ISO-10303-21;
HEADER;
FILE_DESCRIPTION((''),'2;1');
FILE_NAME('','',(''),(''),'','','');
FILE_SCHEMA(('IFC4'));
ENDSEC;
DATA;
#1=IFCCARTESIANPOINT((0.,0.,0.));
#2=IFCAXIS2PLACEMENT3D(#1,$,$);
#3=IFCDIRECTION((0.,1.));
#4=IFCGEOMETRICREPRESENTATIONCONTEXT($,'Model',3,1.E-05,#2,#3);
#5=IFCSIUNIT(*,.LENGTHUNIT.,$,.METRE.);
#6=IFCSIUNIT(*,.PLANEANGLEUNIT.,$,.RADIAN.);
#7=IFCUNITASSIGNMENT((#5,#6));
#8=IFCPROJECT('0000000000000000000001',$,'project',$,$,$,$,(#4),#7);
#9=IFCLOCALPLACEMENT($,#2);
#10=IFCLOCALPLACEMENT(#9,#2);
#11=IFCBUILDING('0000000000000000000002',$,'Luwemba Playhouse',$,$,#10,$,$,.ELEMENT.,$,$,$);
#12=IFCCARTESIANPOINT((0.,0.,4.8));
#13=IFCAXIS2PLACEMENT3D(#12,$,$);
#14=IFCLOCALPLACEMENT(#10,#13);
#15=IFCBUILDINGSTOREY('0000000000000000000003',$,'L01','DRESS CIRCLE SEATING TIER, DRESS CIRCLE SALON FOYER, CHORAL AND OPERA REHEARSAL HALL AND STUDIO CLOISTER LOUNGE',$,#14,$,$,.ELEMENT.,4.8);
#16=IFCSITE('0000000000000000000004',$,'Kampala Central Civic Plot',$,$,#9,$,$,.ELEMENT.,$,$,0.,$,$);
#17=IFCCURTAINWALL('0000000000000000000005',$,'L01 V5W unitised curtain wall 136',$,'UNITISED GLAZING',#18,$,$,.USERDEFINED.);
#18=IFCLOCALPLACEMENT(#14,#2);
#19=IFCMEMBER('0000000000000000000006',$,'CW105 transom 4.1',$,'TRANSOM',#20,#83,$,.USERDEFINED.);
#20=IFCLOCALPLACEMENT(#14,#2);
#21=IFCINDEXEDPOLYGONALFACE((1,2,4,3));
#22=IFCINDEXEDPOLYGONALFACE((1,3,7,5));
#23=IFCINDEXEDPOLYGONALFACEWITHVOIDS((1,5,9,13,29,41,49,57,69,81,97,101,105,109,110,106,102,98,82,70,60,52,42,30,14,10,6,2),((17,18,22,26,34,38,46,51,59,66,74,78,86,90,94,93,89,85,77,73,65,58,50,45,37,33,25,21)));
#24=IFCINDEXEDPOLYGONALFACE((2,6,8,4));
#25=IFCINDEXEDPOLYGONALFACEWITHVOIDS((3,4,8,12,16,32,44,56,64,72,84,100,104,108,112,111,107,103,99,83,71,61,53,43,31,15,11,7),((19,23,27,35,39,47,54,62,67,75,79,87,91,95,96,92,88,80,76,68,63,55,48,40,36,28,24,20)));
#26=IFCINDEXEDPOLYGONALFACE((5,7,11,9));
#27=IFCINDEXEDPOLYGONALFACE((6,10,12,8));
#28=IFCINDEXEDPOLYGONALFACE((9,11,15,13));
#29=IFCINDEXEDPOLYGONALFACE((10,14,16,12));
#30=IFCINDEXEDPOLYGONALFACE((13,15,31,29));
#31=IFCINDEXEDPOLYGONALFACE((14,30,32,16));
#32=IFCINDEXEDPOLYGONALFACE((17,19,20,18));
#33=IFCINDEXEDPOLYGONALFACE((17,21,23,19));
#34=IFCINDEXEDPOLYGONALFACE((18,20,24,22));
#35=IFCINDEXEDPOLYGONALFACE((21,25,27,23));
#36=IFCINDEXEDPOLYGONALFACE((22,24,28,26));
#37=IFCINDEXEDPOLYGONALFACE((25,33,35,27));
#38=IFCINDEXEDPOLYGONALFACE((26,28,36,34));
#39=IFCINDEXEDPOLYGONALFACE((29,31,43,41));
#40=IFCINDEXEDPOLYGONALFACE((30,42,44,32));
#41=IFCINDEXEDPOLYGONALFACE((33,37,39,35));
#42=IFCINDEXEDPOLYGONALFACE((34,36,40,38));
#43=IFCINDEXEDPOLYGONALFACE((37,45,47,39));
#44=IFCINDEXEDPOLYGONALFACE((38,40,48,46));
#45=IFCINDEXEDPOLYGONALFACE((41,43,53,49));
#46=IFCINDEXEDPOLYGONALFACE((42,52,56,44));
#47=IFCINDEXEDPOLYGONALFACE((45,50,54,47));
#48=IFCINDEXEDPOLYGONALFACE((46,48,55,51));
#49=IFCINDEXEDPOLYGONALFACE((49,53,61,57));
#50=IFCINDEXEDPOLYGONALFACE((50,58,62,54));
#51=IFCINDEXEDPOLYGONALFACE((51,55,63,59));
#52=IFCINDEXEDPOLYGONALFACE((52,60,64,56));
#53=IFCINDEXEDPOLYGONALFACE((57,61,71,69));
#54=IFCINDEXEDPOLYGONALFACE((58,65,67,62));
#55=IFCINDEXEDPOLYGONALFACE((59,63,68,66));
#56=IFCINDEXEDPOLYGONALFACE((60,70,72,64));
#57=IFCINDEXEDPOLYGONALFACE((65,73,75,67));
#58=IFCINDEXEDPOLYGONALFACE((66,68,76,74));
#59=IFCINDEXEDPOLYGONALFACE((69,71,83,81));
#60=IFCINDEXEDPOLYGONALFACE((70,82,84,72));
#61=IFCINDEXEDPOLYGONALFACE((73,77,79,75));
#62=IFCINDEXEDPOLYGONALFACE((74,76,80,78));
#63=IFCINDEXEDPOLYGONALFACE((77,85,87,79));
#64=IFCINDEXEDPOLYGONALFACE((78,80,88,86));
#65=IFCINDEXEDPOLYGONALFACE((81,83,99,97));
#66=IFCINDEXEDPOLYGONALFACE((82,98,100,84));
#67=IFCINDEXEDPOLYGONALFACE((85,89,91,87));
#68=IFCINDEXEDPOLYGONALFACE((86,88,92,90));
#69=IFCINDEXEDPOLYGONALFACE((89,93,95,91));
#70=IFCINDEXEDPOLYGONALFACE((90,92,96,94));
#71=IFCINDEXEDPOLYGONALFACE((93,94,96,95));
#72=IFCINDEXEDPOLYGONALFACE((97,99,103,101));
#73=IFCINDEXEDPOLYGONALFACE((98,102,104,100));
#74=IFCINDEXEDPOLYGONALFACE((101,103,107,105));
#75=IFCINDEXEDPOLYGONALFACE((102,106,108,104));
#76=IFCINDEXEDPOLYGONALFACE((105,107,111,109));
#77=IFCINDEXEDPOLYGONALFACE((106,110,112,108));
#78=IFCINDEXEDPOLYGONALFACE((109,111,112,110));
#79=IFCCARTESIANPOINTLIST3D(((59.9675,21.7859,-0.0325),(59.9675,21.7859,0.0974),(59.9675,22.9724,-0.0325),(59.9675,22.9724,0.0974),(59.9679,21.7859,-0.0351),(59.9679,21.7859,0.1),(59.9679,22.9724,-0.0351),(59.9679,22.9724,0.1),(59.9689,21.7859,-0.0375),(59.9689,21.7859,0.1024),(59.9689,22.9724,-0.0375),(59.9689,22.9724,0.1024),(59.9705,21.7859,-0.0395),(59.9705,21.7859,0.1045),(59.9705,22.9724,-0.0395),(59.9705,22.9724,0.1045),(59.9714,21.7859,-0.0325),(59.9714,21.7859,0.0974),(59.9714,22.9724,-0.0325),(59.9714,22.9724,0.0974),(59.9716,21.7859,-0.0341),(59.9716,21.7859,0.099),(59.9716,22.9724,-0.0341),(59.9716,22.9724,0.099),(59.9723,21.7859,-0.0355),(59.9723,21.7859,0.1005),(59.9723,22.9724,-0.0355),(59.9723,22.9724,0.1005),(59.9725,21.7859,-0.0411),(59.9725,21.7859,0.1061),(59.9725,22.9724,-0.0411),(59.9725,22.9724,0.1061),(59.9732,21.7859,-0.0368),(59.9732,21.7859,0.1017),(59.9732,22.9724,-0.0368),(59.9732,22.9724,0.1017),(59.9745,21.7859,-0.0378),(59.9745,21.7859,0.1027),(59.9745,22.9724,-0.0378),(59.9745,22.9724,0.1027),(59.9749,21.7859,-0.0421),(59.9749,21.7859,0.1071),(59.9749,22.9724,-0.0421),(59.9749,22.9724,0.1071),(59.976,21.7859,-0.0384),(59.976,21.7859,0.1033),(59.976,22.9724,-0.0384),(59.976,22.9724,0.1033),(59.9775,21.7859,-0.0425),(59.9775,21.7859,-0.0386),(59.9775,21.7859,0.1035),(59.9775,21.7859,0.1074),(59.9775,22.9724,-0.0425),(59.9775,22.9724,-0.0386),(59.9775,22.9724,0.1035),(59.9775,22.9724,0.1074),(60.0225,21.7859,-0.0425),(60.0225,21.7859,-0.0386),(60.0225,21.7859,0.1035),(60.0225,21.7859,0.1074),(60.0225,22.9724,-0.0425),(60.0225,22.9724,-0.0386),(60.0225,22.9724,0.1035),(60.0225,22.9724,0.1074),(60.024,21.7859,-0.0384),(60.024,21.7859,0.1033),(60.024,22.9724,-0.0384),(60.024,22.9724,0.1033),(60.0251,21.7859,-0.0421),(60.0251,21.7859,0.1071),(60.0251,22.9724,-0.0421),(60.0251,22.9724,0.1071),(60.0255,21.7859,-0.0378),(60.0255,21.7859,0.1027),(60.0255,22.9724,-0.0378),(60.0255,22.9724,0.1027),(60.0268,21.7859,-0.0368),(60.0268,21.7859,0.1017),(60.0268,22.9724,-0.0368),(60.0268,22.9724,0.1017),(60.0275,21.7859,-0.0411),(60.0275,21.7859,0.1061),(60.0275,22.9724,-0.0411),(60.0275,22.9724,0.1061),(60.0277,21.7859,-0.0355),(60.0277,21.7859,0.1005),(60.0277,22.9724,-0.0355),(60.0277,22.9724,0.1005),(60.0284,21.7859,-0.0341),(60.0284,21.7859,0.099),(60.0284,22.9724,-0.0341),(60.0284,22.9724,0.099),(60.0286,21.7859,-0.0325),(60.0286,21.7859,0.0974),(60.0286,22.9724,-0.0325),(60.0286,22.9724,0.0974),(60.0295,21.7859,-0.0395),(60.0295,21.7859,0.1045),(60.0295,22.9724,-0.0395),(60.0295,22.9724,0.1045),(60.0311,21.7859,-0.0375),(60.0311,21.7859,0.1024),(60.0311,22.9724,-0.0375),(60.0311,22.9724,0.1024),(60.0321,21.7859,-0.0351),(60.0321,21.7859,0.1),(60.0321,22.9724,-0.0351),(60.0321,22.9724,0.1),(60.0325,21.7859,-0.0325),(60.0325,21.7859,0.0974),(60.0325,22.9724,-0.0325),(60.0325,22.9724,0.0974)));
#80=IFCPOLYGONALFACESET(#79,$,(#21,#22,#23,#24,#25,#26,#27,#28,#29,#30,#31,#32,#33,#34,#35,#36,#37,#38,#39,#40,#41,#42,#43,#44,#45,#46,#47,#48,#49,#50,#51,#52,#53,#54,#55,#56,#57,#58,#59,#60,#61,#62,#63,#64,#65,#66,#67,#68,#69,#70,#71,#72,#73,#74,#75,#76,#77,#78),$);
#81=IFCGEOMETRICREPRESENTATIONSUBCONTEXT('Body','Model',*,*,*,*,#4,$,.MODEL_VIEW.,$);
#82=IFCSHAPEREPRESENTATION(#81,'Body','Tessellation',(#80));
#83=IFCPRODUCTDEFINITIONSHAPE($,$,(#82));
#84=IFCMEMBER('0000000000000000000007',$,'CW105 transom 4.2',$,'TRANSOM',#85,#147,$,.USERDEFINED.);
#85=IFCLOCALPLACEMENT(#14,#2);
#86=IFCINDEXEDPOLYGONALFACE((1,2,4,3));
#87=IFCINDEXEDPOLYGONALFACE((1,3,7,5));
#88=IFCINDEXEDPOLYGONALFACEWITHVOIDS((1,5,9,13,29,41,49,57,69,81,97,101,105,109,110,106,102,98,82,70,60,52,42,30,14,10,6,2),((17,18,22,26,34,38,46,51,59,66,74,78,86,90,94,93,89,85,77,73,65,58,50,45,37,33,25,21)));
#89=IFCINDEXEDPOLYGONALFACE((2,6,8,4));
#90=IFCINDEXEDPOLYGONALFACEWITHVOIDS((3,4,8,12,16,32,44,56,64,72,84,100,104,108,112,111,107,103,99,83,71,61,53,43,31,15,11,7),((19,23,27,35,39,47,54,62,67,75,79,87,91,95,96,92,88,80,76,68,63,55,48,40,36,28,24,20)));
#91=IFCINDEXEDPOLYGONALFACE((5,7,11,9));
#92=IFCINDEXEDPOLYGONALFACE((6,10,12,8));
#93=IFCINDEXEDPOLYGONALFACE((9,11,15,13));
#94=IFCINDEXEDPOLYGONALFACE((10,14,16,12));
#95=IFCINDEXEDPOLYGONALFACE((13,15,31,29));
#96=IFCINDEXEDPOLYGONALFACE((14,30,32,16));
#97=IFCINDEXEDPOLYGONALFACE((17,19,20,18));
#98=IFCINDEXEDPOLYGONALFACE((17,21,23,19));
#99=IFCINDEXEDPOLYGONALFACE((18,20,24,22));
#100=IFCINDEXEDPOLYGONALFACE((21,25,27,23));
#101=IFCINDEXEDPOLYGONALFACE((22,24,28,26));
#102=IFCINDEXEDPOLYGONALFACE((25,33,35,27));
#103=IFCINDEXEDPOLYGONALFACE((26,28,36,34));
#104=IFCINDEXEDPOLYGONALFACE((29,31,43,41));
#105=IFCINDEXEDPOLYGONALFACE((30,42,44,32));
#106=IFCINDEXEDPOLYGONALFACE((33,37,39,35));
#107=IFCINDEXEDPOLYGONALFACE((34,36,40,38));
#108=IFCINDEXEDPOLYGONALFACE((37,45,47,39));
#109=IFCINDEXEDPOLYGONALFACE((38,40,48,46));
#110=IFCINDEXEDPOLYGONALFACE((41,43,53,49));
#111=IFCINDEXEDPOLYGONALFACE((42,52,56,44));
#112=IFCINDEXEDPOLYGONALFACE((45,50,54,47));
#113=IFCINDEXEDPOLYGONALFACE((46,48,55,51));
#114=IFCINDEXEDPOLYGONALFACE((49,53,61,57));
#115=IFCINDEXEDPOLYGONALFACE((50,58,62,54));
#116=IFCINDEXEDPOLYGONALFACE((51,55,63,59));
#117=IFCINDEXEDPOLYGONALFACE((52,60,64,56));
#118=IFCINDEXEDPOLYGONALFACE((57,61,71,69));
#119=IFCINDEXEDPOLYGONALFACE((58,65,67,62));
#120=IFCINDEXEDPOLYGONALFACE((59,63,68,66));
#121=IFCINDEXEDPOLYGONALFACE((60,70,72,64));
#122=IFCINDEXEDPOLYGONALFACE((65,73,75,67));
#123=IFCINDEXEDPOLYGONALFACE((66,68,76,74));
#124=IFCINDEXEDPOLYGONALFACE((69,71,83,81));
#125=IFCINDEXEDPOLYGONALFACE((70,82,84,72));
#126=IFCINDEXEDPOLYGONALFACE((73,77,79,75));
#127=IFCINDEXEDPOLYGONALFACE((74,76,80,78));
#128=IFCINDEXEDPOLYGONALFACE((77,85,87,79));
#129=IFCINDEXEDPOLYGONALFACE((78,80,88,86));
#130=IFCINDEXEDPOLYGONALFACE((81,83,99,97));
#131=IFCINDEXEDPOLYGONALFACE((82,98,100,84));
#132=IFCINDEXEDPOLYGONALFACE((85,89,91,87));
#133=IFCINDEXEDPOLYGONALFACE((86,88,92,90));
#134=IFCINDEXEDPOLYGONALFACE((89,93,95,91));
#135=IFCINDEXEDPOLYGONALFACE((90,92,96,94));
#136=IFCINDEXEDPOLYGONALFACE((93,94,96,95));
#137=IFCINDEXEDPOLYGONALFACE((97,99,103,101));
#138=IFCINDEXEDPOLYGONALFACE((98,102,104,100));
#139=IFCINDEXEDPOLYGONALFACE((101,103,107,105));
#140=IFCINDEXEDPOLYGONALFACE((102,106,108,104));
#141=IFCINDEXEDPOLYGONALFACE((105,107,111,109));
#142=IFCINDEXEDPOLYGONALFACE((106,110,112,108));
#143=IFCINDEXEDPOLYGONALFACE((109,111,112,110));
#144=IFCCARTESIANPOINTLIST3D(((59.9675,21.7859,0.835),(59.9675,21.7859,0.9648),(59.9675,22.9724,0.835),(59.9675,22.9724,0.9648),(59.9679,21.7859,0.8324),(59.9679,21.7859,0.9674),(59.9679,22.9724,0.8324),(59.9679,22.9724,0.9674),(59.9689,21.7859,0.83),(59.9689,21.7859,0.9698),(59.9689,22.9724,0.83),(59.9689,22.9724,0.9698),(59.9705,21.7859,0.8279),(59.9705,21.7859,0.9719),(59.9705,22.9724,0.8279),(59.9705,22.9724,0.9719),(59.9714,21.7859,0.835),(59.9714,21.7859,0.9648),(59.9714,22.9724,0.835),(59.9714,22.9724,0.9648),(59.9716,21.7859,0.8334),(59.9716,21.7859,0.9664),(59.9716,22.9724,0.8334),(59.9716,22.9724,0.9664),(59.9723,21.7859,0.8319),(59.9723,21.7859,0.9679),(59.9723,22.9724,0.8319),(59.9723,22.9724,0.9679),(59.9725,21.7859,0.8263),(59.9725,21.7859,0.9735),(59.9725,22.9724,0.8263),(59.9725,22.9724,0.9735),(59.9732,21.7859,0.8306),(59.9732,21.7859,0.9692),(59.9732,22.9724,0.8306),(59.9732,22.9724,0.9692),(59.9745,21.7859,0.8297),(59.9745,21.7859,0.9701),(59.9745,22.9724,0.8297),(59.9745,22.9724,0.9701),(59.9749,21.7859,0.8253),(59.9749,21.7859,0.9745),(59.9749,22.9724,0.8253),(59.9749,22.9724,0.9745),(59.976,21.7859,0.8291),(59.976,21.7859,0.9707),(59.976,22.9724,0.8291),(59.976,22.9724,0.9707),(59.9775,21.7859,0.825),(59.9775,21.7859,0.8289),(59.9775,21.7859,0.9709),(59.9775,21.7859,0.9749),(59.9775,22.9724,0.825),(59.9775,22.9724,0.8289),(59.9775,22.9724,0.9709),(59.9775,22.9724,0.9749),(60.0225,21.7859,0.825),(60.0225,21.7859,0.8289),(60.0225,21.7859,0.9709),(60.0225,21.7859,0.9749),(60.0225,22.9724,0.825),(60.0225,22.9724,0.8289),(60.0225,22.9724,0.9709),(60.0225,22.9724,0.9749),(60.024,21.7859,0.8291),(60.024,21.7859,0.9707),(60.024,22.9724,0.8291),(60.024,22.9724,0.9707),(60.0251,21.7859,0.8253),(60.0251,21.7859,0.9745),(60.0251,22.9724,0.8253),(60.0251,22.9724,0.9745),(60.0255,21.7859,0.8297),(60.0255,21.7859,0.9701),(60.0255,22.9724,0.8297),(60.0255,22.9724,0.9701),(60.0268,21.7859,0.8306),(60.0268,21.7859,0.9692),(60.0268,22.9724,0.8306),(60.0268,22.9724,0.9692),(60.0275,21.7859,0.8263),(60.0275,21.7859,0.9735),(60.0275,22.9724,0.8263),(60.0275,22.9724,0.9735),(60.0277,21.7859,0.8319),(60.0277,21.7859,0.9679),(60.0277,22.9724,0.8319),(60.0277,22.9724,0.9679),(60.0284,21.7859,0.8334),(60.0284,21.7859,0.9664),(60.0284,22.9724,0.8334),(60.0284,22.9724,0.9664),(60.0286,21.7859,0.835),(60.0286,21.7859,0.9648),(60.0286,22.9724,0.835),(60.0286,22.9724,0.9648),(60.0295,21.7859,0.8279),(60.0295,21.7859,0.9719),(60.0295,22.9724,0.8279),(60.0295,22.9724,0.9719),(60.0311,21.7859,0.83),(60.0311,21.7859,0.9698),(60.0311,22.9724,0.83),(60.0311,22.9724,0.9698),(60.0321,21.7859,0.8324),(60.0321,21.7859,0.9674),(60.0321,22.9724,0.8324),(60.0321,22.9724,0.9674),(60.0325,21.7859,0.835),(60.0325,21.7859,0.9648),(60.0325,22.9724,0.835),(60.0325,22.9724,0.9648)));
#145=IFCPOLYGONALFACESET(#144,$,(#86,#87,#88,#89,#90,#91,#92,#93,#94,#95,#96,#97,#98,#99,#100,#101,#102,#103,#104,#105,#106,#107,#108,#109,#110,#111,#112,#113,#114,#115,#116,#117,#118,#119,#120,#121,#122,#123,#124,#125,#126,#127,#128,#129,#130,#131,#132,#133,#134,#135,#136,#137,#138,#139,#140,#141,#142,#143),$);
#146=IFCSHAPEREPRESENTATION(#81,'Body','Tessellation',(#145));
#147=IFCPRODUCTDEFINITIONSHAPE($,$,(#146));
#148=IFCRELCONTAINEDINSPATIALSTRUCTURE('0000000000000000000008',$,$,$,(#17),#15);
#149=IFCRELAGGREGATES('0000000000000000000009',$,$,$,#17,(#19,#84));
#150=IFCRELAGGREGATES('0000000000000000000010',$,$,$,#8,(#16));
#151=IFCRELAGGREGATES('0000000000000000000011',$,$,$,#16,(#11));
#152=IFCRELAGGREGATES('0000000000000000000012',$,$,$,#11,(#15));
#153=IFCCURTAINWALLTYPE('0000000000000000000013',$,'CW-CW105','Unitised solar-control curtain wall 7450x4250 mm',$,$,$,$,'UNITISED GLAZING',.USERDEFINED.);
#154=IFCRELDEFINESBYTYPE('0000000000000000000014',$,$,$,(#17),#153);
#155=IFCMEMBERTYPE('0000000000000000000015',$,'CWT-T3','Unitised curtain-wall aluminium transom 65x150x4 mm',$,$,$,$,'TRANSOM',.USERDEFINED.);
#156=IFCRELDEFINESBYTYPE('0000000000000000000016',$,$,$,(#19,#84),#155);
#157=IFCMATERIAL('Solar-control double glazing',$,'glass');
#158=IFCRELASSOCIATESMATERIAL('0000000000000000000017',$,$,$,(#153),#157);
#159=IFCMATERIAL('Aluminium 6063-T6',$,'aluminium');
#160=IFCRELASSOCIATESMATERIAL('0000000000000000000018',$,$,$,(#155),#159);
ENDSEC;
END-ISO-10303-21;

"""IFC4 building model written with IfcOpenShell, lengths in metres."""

from ifc_helpers import new_model, si_unit, direction, frame, origin, origin_2d, place, context, subcontext, project, spatial, hollow_rectangle, extrude, material, material_profile, profile_set, type_object, element, aggregate, save


model = new_model("IFC4")

# Units and contexts
model_context = context("Model", 3, precision=1e-05, world=origin(), true_north=direction((0.0, 1.0)))
body_context = subcontext(model_context, "Body", "Model", "MODEL_VIEW")
ifc_project = project(units=[si_unit("LENGTHUNIT", "METRE"), si_unit("PLANEANGLEUNIT", "RADIAN")], contexts=[model_context])

# Site, building, storey
site_placement = place(None, origin())
site = spatial("IfcSite", under=ifc_project, at=site_placement, Name="Kampala Central Civic Plot", CompositionType="ELEMENT", RefElevation=0.0)
building_placement = place(site_placement, origin())
building = spatial("IfcBuilding", under=site, at=building_placement, Name="Luwemba Playhouse", CompositionType="ELEMENT")
storey_placement = place(building_placement, frame((0.0, 0.0, 4.8)))
storey = spatial("IfcBuildingStorey", under=building, at=storey_placement, Name="L01", Description="DRESS CIRCLE SEATING TIER, DRESS CIRCLE SALON FOYER, CHORAL AND OPERA REHEARSAL HALL AND STUDIO CLOISTER LOUNGE", CompositionType="ELEMENT", Elevation=4.8)

# Curtain wall, members
ifc_material_1 = material(Name="Solar-control double glazing", Category="glass")
curtain_wall_type = type_object("IfcCurtainWallType", Name="CW-CW105", Description="Unitised solar-control curtain wall 7450x4250 mm", ElementType="UNITISED GLAZING", PredefinedType="USERDEFINED", material=ifc_material_1)
curtain_wall_placement = place(storey_placement, origin())
curtain_wall = element("IfcCurtainWall", 1, at=curtain_wall_placement, inside=storey, type_object=curtain_wall_type, Name="L01 V5W unitised curtain wall 136", ObjectType="UNITISED GLAZING", PredefinedType="USERDEFINED")
ifc_material_2 = material(Name="Aluminium 6063-T6", Category="aluminium")
ifc_material_profile_1 = material_profile(ifc_material_2, hollow_rectangle(XDim=0.0649, YDim=0.1499, WallThickness=0.0039, InnerFilletRadius=0.0061, OuterFilletRadius=0.01, at=origin_2d()))
ifc_profile_set_1 = profile_set([ifc_material_profile_1], Name="Aluminium 6063-T6")
member_type_1 = type_object("IfcMemberType", Name="CWT-T3", Description="Unitised curtain-wall aluminium transom 65x150x4 mm", ElementType="TRANSOM", PredefinedType="USERDEFINED", material=ifc_profile_set_1)
member_1_placement = place(storey_placement, frame((60.0, 22.9724, 0.0325), z_axis=(0.0, -1.0, 0.0), x_axis=(1.0, 0.0, 0.0)))
member_1 = element("IfcMember", 2, at=member_1_placement, type_object=member_type_1, Name="CW105 transom 4.1", ObjectType="TRANSOM", PredefinedType="USERDEFINED", context=body_context, shape_type="SweptSolid", body=[
    extrude(hollow_rectangle(XDim=0.0649, YDim=0.1499, WallThickness=0.0039, InnerFilletRadius=0.0061, OuterFilletRadius=0.01, at=origin_2d()), origin(), (0.0, 0.0, 1.0), 1.1865),
])
member_2_placement = place(storey_placement, frame((60.0, 22.9724, 0.8999), z_axis=(0.0, -1.0, 0.0), x_axis=(1.0, 0.0, 0.0)))
member_2 = element("IfcMember", 3, at=member_2_placement, type_object=member_type_1, Name="CW105 transom 4.2", ObjectType="TRANSOM", PredefinedType="USERDEFINED", context=body_context, shape_type="SweptSolid", body=[
    extrude(hollow_rectangle(XDim=0.0649, YDim=0.1499, WallThickness=0.0039, InnerFilletRadius=0.0061, OuterFilletRadius=0.01, at=origin_2d()), origin(), (0.0, 0.0, 1.0), 1.1865),
])
aggregate(curtain_wall, [member_1, member_2])

save(model, "model.ifc")
